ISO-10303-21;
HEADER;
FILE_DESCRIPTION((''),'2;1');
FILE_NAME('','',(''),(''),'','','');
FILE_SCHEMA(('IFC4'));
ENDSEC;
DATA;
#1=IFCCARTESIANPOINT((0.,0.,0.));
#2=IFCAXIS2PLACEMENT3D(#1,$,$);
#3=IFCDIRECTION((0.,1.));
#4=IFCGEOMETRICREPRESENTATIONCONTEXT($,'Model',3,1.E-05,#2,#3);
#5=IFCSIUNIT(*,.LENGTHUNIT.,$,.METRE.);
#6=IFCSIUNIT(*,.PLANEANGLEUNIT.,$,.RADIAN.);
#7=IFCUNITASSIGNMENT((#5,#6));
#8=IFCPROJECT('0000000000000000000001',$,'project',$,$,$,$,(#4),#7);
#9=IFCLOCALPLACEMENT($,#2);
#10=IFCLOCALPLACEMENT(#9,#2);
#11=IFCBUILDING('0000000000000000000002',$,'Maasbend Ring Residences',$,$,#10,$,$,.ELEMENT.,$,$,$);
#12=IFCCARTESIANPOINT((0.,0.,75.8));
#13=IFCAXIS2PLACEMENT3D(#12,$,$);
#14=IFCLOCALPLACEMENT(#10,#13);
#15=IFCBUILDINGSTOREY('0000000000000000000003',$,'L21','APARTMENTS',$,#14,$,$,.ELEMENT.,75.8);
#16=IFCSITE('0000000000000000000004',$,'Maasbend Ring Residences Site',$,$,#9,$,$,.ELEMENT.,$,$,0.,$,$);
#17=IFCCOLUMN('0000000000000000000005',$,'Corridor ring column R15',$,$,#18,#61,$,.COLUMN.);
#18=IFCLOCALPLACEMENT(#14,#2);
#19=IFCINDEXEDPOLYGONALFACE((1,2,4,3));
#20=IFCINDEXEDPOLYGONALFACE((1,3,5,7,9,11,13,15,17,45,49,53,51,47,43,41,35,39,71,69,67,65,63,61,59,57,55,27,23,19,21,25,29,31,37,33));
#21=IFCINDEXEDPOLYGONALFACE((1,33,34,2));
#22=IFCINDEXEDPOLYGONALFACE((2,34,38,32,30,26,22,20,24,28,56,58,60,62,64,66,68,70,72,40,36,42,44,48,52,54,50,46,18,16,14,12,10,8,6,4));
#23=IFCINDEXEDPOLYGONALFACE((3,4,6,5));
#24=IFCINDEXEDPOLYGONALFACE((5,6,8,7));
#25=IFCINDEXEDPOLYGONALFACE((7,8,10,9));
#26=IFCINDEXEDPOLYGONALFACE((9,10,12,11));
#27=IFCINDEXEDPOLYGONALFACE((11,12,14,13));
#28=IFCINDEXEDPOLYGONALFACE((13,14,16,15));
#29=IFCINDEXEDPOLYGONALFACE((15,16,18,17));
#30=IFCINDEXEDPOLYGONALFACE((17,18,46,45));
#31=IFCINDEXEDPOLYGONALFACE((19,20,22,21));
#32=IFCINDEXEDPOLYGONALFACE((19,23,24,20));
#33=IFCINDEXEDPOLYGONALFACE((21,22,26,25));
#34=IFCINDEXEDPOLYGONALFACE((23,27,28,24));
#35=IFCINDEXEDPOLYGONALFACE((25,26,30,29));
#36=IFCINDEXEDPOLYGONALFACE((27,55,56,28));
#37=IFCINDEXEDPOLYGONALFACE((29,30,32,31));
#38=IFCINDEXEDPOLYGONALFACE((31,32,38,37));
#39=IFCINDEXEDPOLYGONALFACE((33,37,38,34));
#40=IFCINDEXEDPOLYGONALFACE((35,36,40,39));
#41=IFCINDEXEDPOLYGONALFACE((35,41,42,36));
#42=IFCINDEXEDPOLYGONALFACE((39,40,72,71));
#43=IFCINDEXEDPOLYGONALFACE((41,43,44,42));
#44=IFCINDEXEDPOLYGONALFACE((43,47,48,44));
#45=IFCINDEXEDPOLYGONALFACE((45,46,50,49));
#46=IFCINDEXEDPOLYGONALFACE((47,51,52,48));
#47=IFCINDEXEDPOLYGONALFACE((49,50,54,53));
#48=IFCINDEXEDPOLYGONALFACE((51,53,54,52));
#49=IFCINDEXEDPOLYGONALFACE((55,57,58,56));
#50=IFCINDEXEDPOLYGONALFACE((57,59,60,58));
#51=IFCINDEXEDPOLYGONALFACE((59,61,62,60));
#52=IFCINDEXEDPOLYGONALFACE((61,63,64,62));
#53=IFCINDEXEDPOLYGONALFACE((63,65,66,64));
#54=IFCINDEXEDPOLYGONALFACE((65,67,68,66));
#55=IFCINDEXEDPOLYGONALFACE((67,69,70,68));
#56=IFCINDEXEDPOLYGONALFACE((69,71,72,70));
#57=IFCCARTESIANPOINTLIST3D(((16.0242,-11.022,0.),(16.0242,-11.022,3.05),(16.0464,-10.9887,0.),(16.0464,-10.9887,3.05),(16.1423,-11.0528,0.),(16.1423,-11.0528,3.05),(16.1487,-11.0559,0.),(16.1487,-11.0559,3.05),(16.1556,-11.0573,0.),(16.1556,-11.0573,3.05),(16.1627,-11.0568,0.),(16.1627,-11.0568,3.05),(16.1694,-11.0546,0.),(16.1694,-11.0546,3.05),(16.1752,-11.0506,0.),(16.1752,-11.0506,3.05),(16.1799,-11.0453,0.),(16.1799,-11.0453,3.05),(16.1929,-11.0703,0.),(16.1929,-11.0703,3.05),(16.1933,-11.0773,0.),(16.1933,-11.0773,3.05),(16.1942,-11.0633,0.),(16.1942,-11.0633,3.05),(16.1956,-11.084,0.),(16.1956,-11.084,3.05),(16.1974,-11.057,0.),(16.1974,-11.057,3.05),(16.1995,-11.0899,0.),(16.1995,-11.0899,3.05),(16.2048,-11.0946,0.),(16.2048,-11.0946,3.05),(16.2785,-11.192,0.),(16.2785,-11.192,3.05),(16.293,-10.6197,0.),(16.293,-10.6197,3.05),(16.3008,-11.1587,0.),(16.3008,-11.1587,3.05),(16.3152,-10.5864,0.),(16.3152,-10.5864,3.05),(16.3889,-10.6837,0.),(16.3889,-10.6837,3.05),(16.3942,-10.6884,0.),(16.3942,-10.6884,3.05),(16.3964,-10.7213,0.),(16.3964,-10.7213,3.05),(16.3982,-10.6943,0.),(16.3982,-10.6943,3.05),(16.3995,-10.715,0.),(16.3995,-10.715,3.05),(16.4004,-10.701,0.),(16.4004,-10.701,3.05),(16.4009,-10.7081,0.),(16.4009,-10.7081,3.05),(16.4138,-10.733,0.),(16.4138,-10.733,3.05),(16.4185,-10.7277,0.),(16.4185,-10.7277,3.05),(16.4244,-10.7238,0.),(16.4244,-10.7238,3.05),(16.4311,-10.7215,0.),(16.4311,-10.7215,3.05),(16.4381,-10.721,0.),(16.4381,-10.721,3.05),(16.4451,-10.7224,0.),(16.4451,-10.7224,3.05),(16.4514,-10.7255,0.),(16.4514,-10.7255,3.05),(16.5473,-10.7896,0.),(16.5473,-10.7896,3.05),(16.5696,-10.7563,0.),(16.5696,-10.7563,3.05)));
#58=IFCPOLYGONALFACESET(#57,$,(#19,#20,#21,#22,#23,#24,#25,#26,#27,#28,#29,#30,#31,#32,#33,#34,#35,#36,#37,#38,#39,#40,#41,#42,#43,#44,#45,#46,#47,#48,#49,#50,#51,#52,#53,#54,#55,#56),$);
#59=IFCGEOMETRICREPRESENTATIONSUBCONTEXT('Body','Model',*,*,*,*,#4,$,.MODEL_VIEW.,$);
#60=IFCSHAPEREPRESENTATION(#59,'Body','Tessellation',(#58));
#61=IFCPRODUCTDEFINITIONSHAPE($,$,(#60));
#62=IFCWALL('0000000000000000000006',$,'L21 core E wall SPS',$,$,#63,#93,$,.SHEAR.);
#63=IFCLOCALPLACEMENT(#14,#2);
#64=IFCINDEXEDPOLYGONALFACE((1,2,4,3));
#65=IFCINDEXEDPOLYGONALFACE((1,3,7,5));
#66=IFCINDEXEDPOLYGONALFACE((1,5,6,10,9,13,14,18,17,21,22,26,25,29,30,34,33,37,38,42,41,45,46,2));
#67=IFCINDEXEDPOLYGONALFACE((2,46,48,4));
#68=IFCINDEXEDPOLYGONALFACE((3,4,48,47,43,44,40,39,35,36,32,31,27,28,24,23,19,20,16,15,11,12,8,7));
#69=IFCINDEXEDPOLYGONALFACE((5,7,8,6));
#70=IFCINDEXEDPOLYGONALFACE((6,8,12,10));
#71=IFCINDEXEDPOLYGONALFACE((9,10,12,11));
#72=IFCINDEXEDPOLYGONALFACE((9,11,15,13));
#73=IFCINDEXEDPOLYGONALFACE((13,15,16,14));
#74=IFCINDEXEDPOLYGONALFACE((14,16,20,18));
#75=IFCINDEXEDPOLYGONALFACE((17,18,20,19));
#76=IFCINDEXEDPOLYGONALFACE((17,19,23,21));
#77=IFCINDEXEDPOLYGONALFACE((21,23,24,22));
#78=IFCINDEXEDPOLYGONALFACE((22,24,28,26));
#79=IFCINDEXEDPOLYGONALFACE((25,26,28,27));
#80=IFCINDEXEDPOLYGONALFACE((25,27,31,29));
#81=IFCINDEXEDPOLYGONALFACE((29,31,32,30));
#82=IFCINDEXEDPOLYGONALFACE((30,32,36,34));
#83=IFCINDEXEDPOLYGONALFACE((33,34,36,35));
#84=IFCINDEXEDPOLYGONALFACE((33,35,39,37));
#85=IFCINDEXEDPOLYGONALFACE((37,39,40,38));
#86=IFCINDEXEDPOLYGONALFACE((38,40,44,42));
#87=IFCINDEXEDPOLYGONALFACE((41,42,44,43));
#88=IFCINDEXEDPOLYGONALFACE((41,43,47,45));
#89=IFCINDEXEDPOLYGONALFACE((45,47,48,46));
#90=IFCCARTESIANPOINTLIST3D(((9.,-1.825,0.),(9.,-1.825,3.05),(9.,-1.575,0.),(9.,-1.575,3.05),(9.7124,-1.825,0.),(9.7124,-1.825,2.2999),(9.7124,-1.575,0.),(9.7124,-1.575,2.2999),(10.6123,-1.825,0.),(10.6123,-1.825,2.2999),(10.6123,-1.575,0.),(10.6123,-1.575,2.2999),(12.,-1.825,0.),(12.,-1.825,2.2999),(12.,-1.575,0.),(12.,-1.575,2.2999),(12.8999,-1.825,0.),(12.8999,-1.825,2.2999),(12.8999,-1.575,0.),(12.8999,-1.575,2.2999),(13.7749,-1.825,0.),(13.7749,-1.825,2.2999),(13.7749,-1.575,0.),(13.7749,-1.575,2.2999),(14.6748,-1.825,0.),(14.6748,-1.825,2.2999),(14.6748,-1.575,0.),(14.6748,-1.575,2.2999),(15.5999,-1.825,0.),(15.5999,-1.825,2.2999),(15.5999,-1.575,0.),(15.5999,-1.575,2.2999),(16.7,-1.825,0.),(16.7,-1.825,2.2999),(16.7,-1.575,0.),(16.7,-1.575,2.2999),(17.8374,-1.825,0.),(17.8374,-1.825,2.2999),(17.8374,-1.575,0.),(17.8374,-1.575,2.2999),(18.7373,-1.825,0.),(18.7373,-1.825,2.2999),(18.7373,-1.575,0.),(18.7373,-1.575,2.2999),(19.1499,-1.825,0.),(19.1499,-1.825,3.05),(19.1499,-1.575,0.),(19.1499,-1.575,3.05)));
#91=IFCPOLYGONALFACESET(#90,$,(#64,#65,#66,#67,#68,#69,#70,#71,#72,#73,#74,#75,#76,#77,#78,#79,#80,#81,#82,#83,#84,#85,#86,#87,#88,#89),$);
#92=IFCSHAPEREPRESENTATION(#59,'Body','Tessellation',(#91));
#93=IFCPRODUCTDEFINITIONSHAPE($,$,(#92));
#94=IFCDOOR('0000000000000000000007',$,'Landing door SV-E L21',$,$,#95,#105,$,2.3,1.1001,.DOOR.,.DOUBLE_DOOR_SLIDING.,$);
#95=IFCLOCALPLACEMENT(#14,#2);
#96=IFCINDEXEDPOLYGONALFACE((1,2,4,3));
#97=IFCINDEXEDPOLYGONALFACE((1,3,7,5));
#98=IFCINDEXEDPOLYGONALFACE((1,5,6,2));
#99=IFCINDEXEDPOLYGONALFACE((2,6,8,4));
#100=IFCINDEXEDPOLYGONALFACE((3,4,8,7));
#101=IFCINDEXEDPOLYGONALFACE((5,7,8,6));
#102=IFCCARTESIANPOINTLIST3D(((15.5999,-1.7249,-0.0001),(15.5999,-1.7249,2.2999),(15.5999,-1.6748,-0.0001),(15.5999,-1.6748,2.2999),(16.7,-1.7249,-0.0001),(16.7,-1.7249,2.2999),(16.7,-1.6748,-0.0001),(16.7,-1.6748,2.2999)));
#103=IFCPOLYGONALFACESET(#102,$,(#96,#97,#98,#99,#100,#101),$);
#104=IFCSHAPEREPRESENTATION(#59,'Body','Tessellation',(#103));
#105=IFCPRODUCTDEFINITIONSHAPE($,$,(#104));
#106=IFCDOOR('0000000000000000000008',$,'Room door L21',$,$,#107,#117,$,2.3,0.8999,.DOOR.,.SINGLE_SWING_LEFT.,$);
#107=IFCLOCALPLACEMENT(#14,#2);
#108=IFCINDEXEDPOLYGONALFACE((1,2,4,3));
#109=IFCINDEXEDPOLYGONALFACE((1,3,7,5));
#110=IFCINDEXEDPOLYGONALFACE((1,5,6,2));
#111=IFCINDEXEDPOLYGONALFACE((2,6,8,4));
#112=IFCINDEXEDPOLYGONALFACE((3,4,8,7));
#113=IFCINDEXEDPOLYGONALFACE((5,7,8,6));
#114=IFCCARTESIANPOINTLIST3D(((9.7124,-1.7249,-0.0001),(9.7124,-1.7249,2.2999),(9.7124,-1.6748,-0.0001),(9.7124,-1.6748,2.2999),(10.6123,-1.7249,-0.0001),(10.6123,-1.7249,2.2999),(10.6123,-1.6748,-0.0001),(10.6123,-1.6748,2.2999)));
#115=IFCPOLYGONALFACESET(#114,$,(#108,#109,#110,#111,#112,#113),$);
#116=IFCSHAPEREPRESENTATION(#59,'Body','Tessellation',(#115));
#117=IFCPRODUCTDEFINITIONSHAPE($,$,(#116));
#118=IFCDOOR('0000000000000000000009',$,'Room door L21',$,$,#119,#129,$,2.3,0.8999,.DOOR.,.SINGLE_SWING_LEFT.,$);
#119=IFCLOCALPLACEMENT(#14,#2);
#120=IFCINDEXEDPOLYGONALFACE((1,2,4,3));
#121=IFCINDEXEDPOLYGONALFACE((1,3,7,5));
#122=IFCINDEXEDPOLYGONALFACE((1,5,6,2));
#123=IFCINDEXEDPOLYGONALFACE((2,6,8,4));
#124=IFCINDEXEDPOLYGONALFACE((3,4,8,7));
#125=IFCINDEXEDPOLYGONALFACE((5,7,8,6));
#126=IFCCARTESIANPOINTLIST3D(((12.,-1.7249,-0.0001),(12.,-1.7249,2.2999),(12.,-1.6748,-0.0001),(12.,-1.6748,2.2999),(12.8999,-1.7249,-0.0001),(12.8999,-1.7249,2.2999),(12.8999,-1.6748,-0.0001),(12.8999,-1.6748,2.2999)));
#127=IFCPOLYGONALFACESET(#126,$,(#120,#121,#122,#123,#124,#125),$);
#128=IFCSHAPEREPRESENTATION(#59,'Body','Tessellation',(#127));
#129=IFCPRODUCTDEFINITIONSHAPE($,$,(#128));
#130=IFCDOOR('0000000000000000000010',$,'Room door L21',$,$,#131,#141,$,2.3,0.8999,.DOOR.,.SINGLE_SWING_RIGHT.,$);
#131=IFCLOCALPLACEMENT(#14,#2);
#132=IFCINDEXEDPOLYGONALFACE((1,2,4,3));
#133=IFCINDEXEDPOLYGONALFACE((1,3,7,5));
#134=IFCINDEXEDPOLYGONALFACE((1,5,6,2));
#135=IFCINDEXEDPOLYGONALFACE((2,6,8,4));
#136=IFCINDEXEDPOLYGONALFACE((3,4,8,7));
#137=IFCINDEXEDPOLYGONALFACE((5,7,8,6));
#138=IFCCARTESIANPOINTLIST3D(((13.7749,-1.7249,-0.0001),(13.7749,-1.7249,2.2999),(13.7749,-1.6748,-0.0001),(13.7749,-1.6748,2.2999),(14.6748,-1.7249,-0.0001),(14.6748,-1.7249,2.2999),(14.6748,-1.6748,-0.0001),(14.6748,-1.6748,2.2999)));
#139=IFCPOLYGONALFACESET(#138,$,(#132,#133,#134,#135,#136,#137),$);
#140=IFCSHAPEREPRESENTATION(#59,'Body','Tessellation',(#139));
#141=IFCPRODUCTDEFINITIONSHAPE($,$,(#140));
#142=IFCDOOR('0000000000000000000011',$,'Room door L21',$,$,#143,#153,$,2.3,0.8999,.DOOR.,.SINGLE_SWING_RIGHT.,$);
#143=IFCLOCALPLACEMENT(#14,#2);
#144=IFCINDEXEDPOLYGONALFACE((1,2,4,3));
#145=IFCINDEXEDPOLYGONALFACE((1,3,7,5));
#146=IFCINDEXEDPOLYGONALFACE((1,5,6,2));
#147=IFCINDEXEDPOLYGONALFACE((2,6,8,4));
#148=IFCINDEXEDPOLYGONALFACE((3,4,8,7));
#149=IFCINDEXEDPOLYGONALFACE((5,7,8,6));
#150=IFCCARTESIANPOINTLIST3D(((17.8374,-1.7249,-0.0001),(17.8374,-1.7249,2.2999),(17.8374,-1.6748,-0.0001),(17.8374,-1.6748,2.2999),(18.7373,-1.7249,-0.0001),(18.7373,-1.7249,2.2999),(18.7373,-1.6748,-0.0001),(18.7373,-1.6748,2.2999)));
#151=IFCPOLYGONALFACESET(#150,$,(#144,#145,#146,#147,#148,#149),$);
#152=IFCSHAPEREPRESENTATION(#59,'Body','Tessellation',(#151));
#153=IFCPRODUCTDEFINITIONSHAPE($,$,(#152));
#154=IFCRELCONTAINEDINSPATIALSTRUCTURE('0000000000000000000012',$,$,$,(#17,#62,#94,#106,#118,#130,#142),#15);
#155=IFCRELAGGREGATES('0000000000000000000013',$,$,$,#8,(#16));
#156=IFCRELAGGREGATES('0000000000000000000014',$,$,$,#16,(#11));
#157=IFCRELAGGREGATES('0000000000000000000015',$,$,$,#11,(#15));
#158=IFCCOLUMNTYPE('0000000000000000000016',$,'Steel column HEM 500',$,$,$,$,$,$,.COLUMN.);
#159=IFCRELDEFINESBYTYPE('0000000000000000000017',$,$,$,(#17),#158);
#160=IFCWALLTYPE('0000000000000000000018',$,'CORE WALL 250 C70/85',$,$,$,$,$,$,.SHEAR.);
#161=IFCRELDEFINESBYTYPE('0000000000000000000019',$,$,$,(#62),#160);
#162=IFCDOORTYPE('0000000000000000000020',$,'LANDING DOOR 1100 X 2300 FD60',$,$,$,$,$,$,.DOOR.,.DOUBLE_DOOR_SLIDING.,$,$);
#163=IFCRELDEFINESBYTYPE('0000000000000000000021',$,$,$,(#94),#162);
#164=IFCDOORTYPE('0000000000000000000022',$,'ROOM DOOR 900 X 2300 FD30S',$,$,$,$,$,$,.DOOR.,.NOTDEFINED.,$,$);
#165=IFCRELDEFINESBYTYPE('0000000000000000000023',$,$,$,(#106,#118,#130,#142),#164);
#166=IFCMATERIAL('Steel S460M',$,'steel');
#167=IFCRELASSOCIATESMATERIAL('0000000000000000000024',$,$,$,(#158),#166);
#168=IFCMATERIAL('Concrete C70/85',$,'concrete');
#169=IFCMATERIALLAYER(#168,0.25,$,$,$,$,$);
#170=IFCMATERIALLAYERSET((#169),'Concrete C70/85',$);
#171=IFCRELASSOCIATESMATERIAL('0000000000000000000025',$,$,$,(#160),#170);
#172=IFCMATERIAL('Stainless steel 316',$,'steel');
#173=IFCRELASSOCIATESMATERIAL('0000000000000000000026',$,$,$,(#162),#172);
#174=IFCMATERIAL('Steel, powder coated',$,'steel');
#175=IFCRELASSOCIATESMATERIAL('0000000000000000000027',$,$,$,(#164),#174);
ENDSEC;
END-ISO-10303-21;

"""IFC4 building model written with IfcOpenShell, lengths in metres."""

from ifc_helpers import new_model, si_unit, direction, frame, frame_2d, origin, origin_2d, place, context, subcontext, project, spatial, rectangle, i_section, extrude, material, layer, layer_set, material_profile, profile_set, type_object, element, fill, save


model = new_model("IFC4")

# Units and contexts
model_context = context("Model", 3, precision=1e-05, world=origin(), true_north=direction((0.0, 1.0)))
body_context = subcontext(model_context, "Body", "Model", "MODEL_VIEW")
ifc_project = project(units=[si_unit("LENGTHUNIT", "METRE"), si_unit("PLANEANGLEUNIT", "RADIAN")], contexts=[model_context])

# Site, building, storey
site_placement = place(None, origin())
site = spatial("IfcSite", under=ifc_project, at=site_placement, Name="Maasbend Ring Residences Site", CompositionType="ELEMENT", RefElevation=0.0)
building_placement = place(site_placement, origin())
building = spatial("IfcBuilding", under=site, at=building_placement, Name="Maasbend Ring Residences", CompositionType="ELEMENT")
storey_placement = place(building_placement, frame((0.0, 0.0, 75.8)))
storey = spatial("IfcBuildingStorey", under=building, at=storey_placement, Name="L21", Description="APARTMENTS", CompositionType="ELEMENT", Elevation=75.8)

# Column
ifc_material_1 = material(Name="Steel S460M", Category="steel")
ifc_material_profile = material_profile(ifc_material_1, i_section(OverallWidth=0.3059, OverallDepth=0.5239, WebThickness=0.021, FlangeThickness=0.04, FilletRadius=0.0271, at=origin_2d()), Name="HEM 500")
ifc_profile_set = profile_set([ifc_material_profile], Name="Steel S460M")
column_type = type_object("IfcColumnType", Name="Steel column HEM 500", PredefinedType="COLUMN", material=ifc_profile_set)
column_placement = place(storey_placement, frame((16.2969, -10.8892, 0.0), z_axis=(0.0, 0.0, 1.0), x_axis=(0.83147, -0.55557, 0.0)))
element("IfcColumn", 1, at=column_placement, inside=storey, type_object=column_type, Name="Corridor ring column R15", PredefinedType="COLUMN", context=body_context, shape_type="SweptSolid", body=[
    extrude(i_section(OverallWidth=0.3059, OverallDepth=0.5239, WebThickness=0.021, FlangeThickness=0.04, FilletRadius=0.0271, at=origin_2d()), origin(), (0.0, 0.0, 1.0), 3.05),
])

# Wall, openings, doors
ifc_material_2 = material(Name="Concrete C70/85", Category="concrete")
ifc_layer_1 = layer(ifc_material_2, 0.25)
ifc_layer_set_1 = layer_set([ifc_layer_1], Name="Concrete C70/85")
wall_type_1 = type_object("IfcWallType", Name="CORE WALL 250 C70/85", PredefinedType="SHEAR", material=ifc_layer_set_1)
wall_1_placement = place(storey_placement, frame((19.1499, -1.7, 0.0), z_axis=(0.0, 0.0, 1.0), x_axis=(-1.0, 0.0, 0.0)))
wall_1 = element("IfcWall", 2, at=wall_1_placement, inside=storey, type_object=wall_type_1, Name="L21 core E wall SPS", PredefinedType="SHEAR", context=body_context, shape_type="SweptSolid", body=[
    extrude(rectangle(XDim=10.1499, YDim=0.25, at=frame_2d((5.075, 0.0))), origin(), (0.0, 0.0, 1.0), 3.05),
])
opening_1_placement = place(wall_1_placement, frame((2.45, 0.0, 0.0)))
opening_1 = element("IfcOpeningElement", 3, at=opening_1_placement, cuts=wall_1, PredefinedType="OPENING", context=body_context, shape_type="SweptSolid", body=[
    extrude(rectangle(XDim=1.1001, YDim=2.3, at=frame_2d((0.55, 1.1499))), frame((0.0, 0.135, 0.0), z_axis=(0.0, -1.0, 0.0), x_axis=(1.0, 0.0, 0.0)), (0.0, 0.0, 1.0), 0.27),
])
opening_2_placement = place(wall_1_placement, frame((8.5376, 0.0, 0.0)))
opening_2 = element("IfcOpeningElement", 4, at=opening_2_placement, cuts=wall_1, PredefinedType="OPENING", context=body_context, shape_type="SweptSolid", body=[
    extrude(rectangle(XDim=0.8999, YDim=2.3, at=frame_2d((0.45, 1.1499))), frame((0.0, 0.135, 0.0), z_axis=(0.0, -1.0, 0.0), x_axis=(1.0, 0.0, 0.0)), (0.0, 0.0, 1.0), 0.27),
])
opening_3_placement = place(wall_1_placement, frame((6.25, 0.0, 0.0)))
opening_3 = element("IfcOpeningElement", 5, at=opening_3_placement, cuts=wall_1, PredefinedType="OPENING", context=body_context, shape_type="SweptSolid", body=[
    extrude(rectangle(XDim=0.8999, YDim=2.3, at=frame_2d((0.45, 1.1499))), frame((0.0, 0.135, 0.0), z_axis=(0.0, -1.0, 0.0), x_axis=(1.0, 0.0, 0.0)), (0.0, 0.0, 1.0), 0.27),
])
opening_4_placement = place(wall_1_placement, frame((4.4751, 0.0, 0.0)))
opening_4 = element("IfcOpeningElement", 6, at=opening_4_placement, cuts=wall_1, PredefinedType="OPENING", context=body_context, shape_type="SweptSolid", body=[
    extrude(rectangle(XDim=0.8999, YDim=2.3, at=frame_2d((0.45, 1.1499))), frame((0.0, 0.135, 0.0), z_axis=(0.0, -1.0, 0.0), x_axis=(1.0, 0.0, 0.0)), (0.0, 0.0, 1.0), 0.27),
])
opening_5_placement = place(wall_1_placement, frame((0.4126, 0.0, 0.0)))
opening_5 = element("IfcOpeningElement", 7, at=opening_5_placement, cuts=wall_1, PredefinedType="OPENING", context=body_context, shape_type="SweptSolid", body=[
    extrude(rectangle(XDim=0.8999, YDim=2.3, at=frame_2d((0.45, 1.1499))), frame((0.0, 0.135, 0.0), z_axis=(0.0, -1.0, 0.0), x_axis=(1.0, 0.0, 0.0)), (0.0, 0.0, 1.0), 0.27),
])
ifc_material_3 = material(Name="Stainless steel 316", Category="steel")
door_type_1 = type_object("IfcDoorType", Name="LANDING DOOR 1100 X 2300 FD60", OperationType="DOUBLE_DOOR_SLIDING", PredefinedType="DOOR", material=ifc_material_3)
door_1_placement = place(opening_1_placement, origin())
door_1 = element("IfcDoor", 8, at=door_1_placement, inside=storey, type_object=door_type_1, Name="Landing door SV-E L21", OperationType="DOUBLE_DOOR_SLIDING", OverallHeight=2.3, OverallWidth=1.1001, PredefinedType="DOOR", context=body_context, shape_type="SweptSolid", body=[
    extrude(rectangle(XDim=1.1001, YDim=2.3, at=frame_2d((0.55, 1.1499))), frame((0.0, 0.0249, 0.0), z_axis=(0.0, -1.0, 0.0), x_axis=(1.0, 0.0, 0.0)), (0.0, 0.0, 1.0), 0.05),
])
fill(opening_1, door_1)
ifc_material_4 = material(Name="Steel, powder coated", Category="steel")
door_type_2 = type_object("IfcDoorType", Name="ROOM DOOR 900 X 2300 FD30S", OperationType="NOTDEFINED", PredefinedType="DOOR", material=ifc_material_4)
door_2_placement = place(opening_2_placement, origin())
door_2 = element("IfcDoor", 9, at=door_2_placement, inside=storey, type_object=door_type_2, Name="Room door L21", OperationType="SINGLE_SWING_LEFT", OverallHeight=2.3, OverallWidth=0.8999, PredefinedType="DOOR", context=body_context, shape_type="SweptSolid", body=[
    extrude(rectangle(XDim=0.8999, YDim=2.3, at=frame_2d((0.45, 1.1499))), frame((0.0, 0.0249, 0.0), z_axis=(0.0, -1.0, 0.0), x_axis=(1.0, 0.0, 0.0)), (0.0, 0.0, 1.0), 0.05),
])
fill(opening_2, door_2)
door_3_placement = place(opening_3_placement, origin())
door_3 = element("IfcDoor", 10, at=door_3_placement, inside=storey, type_object=door_type_2, Name="Room door L21", OperationType="SINGLE_SWING_LEFT", OverallHeight=2.3, OverallWidth=0.8999, PredefinedType="DOOR", context=body_context, shape_type="SweptSolid", body=[
    extrude(rectangle(XDim=0.8999, YDim=2.3, at=frame_2d((0.45, 1.1499))), frame((0.0, 0.0249, 0.0), z_axis=(0.0, -1.0, 0.0), x_axis=(1.0, 0.0, 0.0)), (0.0, 0.0, 1.0), 0.05),
])
fill(opening_3, door_3)
door_4_placement = place(opening_4_placement, origin())
door_4 = element("IfcDoor", 11, at=door_4_placement, inside=storey, type_object=door_type_2, Name="Room door L21", OperationType="SINGLE_SWING_RIGHT", OverallHeight=2.3, OverallWidth=0.8999, PredefinedType="DOOR", context=body_context, shape_type="SweptSolid", body=[
    extrude(rectangle(XDim=0.8999, YDim=2.3, at=frame_2d((0.45, 1.1499))), frame((0.0, 0.0249, 0.0), z_axis=(0.0, -1.0, 0.0), x_axis=(1.0, 0.0, 0.0)), (0.0, 0.0, 1.0), 0.05),
])
fill(opening_4, door_4)
door_5_placement = place(opening_5_placement, origin())
door_5 = element("IfcDoor", 12, at=door_5_placement, inside=storey, type_object=door_type_2, Name="Room door L21", OperationType="SINGLE_SWING_RIGHT", OverallHeight=2.3, OverallWidth=0.8999, PredefinedType="DOOR", context=body_context, shape_type="SweptSolid", body=[
    extrude(rectangle(XDim=0.8999, YDim=2.3, at=frame_2d((0.45, 1.1499))), frame((0.0, 0.0249, 0.0), z_axis=(0.0, -1.0, 0.0), x_axis=(1.0, 0.0, 0.0)), (0.0, 0.0, 1.0), 0.05),
])
fill(opening_5, door_5)

save(model, "model.ifc")
